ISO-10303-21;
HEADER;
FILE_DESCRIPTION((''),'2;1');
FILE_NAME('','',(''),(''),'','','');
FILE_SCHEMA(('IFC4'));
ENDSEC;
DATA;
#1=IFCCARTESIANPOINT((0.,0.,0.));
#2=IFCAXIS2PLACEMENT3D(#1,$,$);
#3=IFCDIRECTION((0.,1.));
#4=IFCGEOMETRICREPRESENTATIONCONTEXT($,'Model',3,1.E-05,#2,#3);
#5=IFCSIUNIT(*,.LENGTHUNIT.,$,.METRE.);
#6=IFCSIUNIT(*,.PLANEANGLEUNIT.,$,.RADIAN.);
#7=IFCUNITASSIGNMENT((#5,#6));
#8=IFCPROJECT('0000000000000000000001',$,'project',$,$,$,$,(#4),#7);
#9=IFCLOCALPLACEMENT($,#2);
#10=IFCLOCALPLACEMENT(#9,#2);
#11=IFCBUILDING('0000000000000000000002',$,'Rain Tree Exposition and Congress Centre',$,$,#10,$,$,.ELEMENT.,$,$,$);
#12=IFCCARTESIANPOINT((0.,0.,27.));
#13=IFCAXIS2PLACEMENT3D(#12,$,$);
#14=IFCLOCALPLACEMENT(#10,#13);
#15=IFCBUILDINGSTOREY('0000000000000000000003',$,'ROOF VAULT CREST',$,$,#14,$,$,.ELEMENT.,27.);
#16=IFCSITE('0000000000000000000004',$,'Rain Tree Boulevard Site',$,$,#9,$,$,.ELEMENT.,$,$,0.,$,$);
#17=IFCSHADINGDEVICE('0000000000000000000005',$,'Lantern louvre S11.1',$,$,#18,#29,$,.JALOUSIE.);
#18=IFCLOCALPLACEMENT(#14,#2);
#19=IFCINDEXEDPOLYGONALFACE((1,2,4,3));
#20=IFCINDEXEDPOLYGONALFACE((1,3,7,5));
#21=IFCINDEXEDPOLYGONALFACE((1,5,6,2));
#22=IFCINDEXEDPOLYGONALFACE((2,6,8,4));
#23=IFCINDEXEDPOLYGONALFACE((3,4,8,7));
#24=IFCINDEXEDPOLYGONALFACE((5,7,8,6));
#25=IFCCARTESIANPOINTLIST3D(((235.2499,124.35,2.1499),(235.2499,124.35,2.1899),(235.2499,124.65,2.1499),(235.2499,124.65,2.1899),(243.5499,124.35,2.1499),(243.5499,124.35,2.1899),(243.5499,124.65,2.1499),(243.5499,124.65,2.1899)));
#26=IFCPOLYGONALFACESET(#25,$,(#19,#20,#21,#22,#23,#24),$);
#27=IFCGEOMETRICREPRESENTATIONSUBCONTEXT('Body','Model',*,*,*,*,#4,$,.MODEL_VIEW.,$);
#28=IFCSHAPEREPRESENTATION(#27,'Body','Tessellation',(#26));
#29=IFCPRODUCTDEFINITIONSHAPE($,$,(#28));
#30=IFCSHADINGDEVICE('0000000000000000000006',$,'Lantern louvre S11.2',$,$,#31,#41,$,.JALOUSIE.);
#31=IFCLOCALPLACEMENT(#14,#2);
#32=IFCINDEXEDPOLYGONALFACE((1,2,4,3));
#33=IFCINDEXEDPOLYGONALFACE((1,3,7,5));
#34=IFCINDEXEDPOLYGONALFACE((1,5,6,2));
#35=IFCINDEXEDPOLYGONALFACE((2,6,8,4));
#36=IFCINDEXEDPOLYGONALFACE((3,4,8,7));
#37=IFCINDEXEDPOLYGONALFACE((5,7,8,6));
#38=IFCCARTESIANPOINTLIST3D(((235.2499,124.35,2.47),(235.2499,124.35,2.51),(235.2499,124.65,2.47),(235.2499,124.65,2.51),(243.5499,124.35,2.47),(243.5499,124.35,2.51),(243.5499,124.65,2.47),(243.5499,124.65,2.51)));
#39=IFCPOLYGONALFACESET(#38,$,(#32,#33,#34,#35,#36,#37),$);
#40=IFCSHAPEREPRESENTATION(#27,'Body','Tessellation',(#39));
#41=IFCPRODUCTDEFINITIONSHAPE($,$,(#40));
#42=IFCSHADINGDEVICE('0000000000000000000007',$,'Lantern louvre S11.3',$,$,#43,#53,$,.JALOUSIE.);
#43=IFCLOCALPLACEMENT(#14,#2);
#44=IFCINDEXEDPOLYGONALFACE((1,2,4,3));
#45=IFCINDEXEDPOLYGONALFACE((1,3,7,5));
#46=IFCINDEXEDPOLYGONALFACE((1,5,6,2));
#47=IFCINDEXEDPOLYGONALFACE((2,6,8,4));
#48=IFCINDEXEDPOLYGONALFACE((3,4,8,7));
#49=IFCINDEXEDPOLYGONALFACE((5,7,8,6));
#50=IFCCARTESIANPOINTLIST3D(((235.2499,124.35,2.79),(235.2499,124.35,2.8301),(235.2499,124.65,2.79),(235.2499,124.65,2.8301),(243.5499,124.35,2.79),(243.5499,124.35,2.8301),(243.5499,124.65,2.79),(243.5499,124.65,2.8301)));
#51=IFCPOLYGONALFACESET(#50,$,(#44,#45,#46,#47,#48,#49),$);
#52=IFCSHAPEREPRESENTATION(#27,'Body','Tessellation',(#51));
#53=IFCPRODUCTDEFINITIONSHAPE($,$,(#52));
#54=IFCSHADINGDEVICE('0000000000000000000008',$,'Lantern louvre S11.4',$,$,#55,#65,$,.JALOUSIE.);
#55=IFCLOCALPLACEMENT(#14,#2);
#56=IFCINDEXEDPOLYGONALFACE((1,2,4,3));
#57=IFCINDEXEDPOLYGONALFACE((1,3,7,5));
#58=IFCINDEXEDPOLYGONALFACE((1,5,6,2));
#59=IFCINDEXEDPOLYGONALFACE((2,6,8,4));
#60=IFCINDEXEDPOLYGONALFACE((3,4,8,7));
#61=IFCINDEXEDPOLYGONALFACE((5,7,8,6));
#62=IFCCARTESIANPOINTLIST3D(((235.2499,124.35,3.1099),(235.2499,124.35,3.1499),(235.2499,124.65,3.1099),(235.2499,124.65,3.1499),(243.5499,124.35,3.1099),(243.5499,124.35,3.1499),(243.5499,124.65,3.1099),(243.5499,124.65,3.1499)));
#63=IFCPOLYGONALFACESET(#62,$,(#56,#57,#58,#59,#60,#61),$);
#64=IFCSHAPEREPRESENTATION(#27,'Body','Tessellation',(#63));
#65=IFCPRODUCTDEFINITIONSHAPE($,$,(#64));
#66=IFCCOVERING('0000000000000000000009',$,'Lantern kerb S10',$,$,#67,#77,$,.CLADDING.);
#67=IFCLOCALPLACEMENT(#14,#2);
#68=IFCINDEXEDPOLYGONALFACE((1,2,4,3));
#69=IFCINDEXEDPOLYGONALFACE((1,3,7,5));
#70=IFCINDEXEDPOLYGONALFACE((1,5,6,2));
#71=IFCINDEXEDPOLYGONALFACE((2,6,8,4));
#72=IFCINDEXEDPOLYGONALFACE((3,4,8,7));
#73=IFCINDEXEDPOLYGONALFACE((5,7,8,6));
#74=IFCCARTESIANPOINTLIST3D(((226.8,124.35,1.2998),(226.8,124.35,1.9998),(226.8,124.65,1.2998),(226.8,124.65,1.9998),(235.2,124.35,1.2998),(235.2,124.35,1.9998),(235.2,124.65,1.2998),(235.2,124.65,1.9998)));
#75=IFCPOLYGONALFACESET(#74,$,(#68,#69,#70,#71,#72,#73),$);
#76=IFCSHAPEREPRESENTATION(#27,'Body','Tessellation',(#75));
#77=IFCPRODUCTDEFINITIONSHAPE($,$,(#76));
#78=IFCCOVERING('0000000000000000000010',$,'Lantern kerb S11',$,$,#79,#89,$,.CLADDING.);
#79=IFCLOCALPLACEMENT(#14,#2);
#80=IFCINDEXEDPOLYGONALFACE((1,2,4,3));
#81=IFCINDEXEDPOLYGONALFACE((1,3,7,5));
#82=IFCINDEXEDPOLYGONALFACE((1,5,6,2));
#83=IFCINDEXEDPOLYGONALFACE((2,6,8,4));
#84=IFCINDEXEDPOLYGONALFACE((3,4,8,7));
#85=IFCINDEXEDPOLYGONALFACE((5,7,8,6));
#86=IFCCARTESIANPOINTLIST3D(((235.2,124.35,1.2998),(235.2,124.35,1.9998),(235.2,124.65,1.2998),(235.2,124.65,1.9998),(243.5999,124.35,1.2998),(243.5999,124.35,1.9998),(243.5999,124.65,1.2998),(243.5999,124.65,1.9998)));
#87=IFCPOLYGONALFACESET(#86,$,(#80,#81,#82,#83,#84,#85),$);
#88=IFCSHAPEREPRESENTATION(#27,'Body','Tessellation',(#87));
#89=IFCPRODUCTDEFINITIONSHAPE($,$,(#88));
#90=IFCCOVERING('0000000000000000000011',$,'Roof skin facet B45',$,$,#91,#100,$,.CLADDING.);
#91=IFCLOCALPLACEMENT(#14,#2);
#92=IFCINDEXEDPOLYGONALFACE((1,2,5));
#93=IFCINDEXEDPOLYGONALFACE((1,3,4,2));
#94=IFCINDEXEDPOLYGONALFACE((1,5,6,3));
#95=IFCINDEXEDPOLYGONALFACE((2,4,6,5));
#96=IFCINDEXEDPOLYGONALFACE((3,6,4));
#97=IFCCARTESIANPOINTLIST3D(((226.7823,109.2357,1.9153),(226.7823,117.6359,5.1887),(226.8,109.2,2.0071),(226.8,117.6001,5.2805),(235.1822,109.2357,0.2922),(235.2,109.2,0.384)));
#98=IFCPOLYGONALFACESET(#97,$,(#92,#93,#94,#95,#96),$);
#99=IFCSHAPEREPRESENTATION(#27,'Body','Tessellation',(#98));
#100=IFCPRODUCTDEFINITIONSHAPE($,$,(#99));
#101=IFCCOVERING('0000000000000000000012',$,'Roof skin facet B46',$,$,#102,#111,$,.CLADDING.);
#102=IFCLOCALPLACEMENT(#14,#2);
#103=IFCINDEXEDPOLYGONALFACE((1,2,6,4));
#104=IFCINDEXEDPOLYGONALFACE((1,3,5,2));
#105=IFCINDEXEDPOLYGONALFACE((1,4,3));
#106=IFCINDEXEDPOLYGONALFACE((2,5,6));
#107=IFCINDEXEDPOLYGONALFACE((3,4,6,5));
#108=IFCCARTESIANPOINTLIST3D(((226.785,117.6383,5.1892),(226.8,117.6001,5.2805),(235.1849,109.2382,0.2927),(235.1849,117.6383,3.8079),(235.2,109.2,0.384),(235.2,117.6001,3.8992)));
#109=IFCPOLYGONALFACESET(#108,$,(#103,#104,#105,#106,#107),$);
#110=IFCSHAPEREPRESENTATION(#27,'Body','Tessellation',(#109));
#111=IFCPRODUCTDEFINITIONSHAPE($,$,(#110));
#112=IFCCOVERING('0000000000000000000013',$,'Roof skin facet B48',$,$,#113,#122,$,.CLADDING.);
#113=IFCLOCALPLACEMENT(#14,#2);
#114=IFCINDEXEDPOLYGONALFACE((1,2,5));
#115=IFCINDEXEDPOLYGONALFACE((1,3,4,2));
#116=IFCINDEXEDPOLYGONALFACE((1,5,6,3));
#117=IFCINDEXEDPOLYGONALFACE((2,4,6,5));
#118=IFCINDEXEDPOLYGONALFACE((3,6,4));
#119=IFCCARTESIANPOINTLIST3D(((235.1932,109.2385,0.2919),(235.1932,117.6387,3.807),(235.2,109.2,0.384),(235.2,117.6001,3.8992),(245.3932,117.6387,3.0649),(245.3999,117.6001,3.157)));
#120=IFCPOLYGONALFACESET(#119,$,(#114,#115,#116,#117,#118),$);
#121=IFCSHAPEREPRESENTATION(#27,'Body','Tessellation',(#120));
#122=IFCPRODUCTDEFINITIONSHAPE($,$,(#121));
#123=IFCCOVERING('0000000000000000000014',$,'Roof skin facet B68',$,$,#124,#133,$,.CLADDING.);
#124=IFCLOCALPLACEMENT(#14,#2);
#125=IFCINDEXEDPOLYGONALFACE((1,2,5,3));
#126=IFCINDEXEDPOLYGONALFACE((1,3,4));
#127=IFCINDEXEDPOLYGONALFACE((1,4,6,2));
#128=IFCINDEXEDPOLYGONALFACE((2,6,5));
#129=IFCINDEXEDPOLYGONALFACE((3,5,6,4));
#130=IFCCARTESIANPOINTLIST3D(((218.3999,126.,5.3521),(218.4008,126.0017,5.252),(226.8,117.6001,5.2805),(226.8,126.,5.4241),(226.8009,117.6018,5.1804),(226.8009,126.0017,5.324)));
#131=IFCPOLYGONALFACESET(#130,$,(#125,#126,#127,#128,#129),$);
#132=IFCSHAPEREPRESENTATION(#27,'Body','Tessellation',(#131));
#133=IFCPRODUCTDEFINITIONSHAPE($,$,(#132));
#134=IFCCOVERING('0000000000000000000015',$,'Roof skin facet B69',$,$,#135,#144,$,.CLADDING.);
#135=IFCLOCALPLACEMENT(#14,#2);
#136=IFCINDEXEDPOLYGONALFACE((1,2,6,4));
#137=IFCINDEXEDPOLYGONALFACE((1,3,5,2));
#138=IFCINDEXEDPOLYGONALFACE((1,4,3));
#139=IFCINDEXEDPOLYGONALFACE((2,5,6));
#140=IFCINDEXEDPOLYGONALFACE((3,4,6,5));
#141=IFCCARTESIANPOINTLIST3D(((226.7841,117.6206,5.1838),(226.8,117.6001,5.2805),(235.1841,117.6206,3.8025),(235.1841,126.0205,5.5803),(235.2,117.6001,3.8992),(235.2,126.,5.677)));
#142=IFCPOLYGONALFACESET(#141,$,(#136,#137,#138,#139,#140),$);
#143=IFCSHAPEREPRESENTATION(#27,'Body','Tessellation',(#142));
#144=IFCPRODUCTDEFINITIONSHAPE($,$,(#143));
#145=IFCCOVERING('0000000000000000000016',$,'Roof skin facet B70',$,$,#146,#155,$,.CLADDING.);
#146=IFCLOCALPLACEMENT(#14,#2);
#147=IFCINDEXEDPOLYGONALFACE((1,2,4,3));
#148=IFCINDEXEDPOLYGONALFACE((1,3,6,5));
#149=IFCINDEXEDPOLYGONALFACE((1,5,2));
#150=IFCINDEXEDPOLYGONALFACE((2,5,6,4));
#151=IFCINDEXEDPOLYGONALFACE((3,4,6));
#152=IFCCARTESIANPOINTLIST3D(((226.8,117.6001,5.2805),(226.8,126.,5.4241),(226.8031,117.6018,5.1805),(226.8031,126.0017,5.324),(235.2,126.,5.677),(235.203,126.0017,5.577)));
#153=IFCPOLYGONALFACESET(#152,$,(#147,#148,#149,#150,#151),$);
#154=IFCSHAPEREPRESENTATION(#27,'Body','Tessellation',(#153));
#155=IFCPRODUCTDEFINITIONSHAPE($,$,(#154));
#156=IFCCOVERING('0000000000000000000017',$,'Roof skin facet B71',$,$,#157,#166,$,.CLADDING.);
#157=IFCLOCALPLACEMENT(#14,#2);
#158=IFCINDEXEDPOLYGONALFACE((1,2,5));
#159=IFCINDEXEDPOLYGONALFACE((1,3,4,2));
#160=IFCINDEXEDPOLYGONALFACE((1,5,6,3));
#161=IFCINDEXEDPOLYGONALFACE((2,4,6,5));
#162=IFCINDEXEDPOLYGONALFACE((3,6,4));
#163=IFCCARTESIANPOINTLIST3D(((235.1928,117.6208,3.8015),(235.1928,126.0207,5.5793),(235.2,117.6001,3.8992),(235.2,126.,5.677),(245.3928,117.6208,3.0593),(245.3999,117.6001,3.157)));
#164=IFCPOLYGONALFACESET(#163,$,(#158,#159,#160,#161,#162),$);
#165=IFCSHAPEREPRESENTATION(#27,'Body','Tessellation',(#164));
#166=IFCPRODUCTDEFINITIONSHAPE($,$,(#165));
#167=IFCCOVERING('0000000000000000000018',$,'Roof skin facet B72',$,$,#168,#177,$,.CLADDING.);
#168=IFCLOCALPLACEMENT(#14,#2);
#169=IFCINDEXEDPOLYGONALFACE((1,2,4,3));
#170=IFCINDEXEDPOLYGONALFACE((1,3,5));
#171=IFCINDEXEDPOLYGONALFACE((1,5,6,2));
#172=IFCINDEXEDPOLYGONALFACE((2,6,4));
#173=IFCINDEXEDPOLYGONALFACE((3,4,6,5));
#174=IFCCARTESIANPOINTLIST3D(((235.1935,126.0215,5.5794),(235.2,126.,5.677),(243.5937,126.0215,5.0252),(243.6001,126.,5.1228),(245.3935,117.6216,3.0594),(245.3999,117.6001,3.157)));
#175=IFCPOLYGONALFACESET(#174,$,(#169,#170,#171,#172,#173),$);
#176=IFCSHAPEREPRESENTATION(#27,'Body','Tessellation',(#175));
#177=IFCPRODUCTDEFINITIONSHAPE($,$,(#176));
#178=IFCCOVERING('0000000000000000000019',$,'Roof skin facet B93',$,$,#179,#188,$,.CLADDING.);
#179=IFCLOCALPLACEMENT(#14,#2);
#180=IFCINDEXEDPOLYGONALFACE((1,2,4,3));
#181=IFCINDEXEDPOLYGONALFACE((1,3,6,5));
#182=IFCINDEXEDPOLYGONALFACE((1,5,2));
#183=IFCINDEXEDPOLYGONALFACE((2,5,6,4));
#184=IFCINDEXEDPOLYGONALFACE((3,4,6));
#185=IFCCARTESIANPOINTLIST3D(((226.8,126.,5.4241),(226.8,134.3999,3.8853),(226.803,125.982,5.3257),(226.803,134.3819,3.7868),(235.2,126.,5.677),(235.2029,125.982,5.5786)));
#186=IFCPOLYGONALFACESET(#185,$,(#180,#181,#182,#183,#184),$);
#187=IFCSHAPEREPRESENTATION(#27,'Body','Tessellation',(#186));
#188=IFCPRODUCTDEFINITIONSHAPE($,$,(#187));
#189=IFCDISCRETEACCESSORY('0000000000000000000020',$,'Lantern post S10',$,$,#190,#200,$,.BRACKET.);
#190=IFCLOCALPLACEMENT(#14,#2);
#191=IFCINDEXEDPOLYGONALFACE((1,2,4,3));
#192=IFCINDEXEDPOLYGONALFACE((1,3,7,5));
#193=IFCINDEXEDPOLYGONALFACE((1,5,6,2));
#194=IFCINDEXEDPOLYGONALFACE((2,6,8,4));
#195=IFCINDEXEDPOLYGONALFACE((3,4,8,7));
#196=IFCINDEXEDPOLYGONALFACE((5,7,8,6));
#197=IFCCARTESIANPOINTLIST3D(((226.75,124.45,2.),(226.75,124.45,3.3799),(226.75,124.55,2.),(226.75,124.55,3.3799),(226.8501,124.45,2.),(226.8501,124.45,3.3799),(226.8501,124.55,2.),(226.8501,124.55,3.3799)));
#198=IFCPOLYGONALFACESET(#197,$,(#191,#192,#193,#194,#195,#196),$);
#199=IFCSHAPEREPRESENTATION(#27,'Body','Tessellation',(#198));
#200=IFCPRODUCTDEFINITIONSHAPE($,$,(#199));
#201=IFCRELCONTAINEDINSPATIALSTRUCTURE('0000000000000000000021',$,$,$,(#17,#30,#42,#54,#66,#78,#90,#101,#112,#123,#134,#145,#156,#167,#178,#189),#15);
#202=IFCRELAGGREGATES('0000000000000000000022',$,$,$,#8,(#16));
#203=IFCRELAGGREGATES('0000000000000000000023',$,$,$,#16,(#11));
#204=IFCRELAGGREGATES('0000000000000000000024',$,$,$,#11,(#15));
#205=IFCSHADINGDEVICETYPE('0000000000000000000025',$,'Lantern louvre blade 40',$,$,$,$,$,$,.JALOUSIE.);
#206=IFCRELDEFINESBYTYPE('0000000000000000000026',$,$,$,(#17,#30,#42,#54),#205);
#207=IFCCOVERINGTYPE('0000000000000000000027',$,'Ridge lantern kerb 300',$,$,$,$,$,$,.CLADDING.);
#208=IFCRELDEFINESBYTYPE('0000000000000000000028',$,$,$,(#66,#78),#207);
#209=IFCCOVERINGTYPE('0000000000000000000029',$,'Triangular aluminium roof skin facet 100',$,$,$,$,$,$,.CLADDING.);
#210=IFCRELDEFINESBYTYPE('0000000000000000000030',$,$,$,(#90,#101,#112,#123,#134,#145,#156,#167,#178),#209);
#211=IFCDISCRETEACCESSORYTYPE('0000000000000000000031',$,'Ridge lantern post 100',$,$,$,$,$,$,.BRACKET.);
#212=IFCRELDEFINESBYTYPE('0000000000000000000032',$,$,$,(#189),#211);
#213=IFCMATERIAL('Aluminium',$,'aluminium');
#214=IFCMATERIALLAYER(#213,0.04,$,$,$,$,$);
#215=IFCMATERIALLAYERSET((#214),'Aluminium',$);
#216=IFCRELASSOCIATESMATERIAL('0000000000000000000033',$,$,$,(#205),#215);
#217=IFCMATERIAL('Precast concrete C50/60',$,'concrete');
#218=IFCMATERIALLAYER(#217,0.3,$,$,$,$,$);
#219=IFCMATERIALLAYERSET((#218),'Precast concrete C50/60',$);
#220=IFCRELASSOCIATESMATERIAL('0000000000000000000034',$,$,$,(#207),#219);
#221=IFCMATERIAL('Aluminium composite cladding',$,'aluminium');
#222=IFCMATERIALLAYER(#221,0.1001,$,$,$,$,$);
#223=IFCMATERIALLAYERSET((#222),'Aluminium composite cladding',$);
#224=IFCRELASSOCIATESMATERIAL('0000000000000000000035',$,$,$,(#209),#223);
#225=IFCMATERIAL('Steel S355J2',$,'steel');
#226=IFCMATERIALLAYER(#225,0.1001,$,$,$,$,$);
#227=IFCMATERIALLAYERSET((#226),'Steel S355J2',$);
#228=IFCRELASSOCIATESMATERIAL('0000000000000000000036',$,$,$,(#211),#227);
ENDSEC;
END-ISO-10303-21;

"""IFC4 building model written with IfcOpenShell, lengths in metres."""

from ifc_helpers import new_model, si_unit, direction, frame, origin, origin_2d, place, context, subcontext, project, spatial, polyline, rectangle, outline, extrude, material, layer, layer_set, type_object, element, save


model = new_model("IFC4")

# Units and contexts
model_context = context("Model", 3, precision=1e-05, world=origin(), true_north=direction((0.0, 1.0)))
body_context = subcontext(model_context, "Body", "Model", "MODEL_VIEW")
ifc_project = project(units=[si_unit("LENGTHUNIT", "METRE"), si_unit("PLANEANGLEUNIT", "RADIAN")], contexts=[model_context])

# Site, building, storey
site_placement = place(None, origin())
site = spatial("IfcSite", under=ifc_project, at=site_placement, Name="Rain Tree Boulevard Site", CompositionType="ELEMENT", RefElevation=0.0)
building_placement = place(site_placement, origin())
building = spatial("IfcBuilding", under=site, at=building_placement, Name="Rain Tree Exposition and Congress Centre", CompositionType="ELEMENT")
storey_placement = place(building_placement, frame((0.0, 0.0, 27.0)))
storey = spatial("IfcBuildingStorey", under=building, at=storey_placement, Name="ROOF VAULT CREST", CompositionType="ELEMENT", Elevation=27.0)

# Shading devices
ifc_material_1 = material(Name="Aluminium", Category="aluminium")
ifc_layer_1 = layer(ifc_material_1, 0.04)
ifc_layer_set_1 = layer_set([ifc_layer_1], Name="Aluminium")
shading_device_type = type_object("IfcShadingDeviceType", Name="Lantern louvre blade 40", PredefinedType="JALOUSIE", material=ifc_layer_set_1)
for number, where, z_axis, x_axis, name in (
    (1, (239.3999, 124.5, 2.1499), (0.0, 0.0, 1.0), (1.0, 0.0, 0.0), "Lantern louvre S11.1"),
    (2, (239.3999, 124.5, 2.47), (0.0, 0.0, 1.0), (1.0, 0.0, 0.0), "Lantern louvre S11.2"),
    (3, (239.3999, 124.5, 2.79), (0.0, 0.0, 1.0), (1.0, 0.0, 0.0), "Lantern louvre S11.3"),
    (4, (239.3999, 124.5, 3.1099), (0.0, 0.0, 1.0), (1.0, 0.0, 0.0), "Lantern louvre S11.4"),
):
    element("IfcShadingDevice", number, at=place(storey_placement, frame(where, z_axis=z_axis, x_axis=x_axis)), inside=storey, type_object=shading_device_type, Name=name, PredefinedType="JALOUSIE", context=body_context, shape_type="SweptSolid", body=[
        extrude(rectangle(XDim=8.3, YDim=0.3, at=origin_2d()), origin(), (0.0, 0.0, 1.0), 0.04),
    ])

# Coverings
ifc_material_2 = material(Name="Precast concrete C50/60", Category="concrete")
ifc_layer_2 = layer(ifc_material_2, 0.3)
ifc_layer_set_2 = layer_set([ifc_layer_2], Name="Precast concrete C50/60")
covering_type_1 = type_object("IfcCoveringType", Name="Ridge lantern kerb 300", PredefinedType="CLADDING", material=ifc_layer_set_2)
for number, where, z_axis, x_axis, name in (
    (5, (231.0, 124.5, 1.2998), (0.0, 0.0, 1.0), (1.0, 0.0, 0.0), "Lantern kerb S10"),
    (6, (239.3999, 124.5, 1.2998), (0.0, 0.0, 1.0), (1.0, 0.0, 0.0), "Lantern kerb S11"),
):
    element("IfcCovering", number, at=place(storey_placement, frame(where, z_axis=z_axis, x_axis=x_axis)), inside=storey, type_object=covering_type_1, Name=name, PredefinedType="CLADDING", context=body_context, shape_type="SweptSolid", body=[
        extrude(rectangle(XDim=8.3999, YDim=0.3, at=origin_2d()), origin(), (0.0, 0.0, 1.0), 0.7),
    ])
ifc_material_3 = material(Name="Aluminium composite cladding", Category="aluminium")
ifc_layer_3 = layer(ifc_material_3, 0.1001)
ifc_layer_set_3 = layer_set([ifc_layer_3], Name="Aluminium composite cladding")
covering_type_2 = type_object("IfcCoveringType", Name="Triangular aluminium roof skin facet 100", PredefinedType="CLADDING", material=ifc_layer_set_3)
covering_1_placement = place(storey_placement, frame((226.8, 109.2, 2.0071), z_axis=(0.177187, -0.357348, 0.91701), x_axis=(0.98184, 0.0, -0.189713)))
element("IfcCovering", 7, at=covering_1_placement, inside=storey, type_object=covering_type_2, Name="Roof skin facet B45", PredefinedType="CLADDING", context=body_context, shape_type="SweptSolid", body=[
    extrude(outline(polyline([(0.0, 0.0), (8.5553, 0.0), (-0.621, 8.994), (0.0, 0.0)])), origin(), (0.0, 0.0, -1.0), 0.1001),
])
covering_2_placement = place(storey_placement, frame((235.2, 109.2, 0.384), z_axis=(0.149985, -0.381659, 0.912053), x_axis=(0.0, 0.922488, 0.386026)))
element("IfcCovering", 8, at=covering_2_placement, inside=storey, type_object=covering_type_2, Name="Roof skin facet B46", PredefinedType="CLADDING", context=body_context, shape_type="SweptSolid", body=[
    extrude(outline(polyline([(0.0, 0.0), (9.106, 0.0), (9.6392, 8.496), (0.0, 0.0)])), origin(), (0.0, 0.0, -1.0), 0.1001),
])
covering_3_placement = place(storey_placement, frame((235.2, 109.2, 0.384), z_axis=(0.066973, -0.385159, 0.920417), x_axis=(0.755468, 0.622164, 0.205381)))
element("IfcCovering", 9, at=covering_3_placement, inside=storey, type_object=covering_type_2, Name="Roof skin facet B48", PredefinedType="CLADDING", context=body_context, shape_type="SweptSolid", body=[
    extrude(outline(polyline([(0.0, 0.0), (13.5015, 0.0), (5.9482, 6.8947), (0.0, 0.0)])), origin(), (0.0, 0.0, -1.0), 0.1001),
])
covering_4_placement = place(storey_placement, frame((226.8, 117.6001, 5.2805), z_axis=(-0.008572, -0.017087, 0.999817), x_axis=(0.0, 0.999854, 0.017088)))
element("IfcCovering", 10, at=covering_4_placement, inside=storey, type_object=covering_type_2, Name="Roof skin facet B68", PredefinedType="CLADDING", context=body_context, shape_type="SweptSolid", body=[
    extrude(outline(polyline([(0.0, 0.0), (8.4011, 0.0), (8.3999, 8.4005), (0.0, 0.0)])), origin(), (0.0, 0.0, -1.0), 0.1001),
])
covering_5_placement = place(storey_placement, frame((226.8, 117.6001, 5.2805), z_axis=(0.158842, -0.204433, 0.965907), x_axis=(0.986747, 0.0, -0.162269)))
element("IfcCovering", 11, at=covering_5_placement, inside=storey, type_object=covering_type_2, Name="Roof skin facet B69", PredefinedType="CLADDING", context=body_context, shape_type="SweptSolid", body=[
    extrude(outline(polyline([(0.0, 0.0), (8.5127, 0.0), (8.2242, 8.5811), (0.0, 0.0)])), origin(), (0.0, 0.0, -1.0), 0.1001),
])
covering_6_placement = place(storey_placement, frame((226.8, 117.6001, 5.2805), z_axis=(-0.030093, -0.01708, 0.999401), x_axis=(0.706713, 0.706713, 0.033358)))
element("IfcCovering", 12, at=covering_6_placement, inside=storey, type_object=covering_type_2, Name="Roof skin facet B70", PredefinedType="CLADDING", context=body_context, shape_type="SweptSolid", body=[
    extrude(outline(polyline([(0.0, 0.0), (11.8859, 0.0), (5.9411, 5.9399), (0.0, 0.0)])), origin(), (0.0, 0.0, -1.0), 0.1001),
])
covering_7_placement = place(storey_placement, frame((235.2, 117.6001, 3.8992), z_axis=(0.071007, -0.20654, 0.975858), x_axis=(0.997363, 0.0, -0.072572)))
element("IfcCovering", 13, at=covering_7_placement, inside=storey, type_object=covering_type_2, Name="Roof skin facet B71", PredefinedType="CLADDING", context=body_context, shape_type="SweptSolid", body=[
    extrude(outline(polyline([(0.0, 0.0), (10.2269, 0.0), (-0.129, 8.585), (0.0, 0.0)])), origin(), (0.0, 0.0, -1.0), 0.1001),
])
covering_8_placement = place(storey_placement, frame((245.3999, 117.6001, 3.157), z_axis=(0.064302, -0.214317, 0.974645), x_axis=(-0.204231, 0.953168, 0.223069)))
element("IfcCovering", 14, at=covering_8_placement, inside=storey, type_object=covering_type_2, Name="Roof skin facet B72", PredefinedType="CLADDING", context=body_context, shape_type="SweptSolid", body=[
    extrude(outline(polyline([(0.0, 0.0), (8.8126, 0.0), (10.6518, 8.215), (0.0, 0.0)])), origin(), (0.0, 0.0, -1.0), 0.1001),
])
covering_9_placement = place(storey_placement, frame((226.8, 126.0, 5.4241), z_axis=(-0.029605, 0.180117, 0.9832), x_axis=(0.999547, 0.0, 0.030097)))
element("IfcCovering", 15, at=covering_9_placement, inside=storey, type_object=covering_type_2, Name="Roof skin facet B93", PredefinedType="CLADDING", context=body_context, shape_type="SweptSolid", body=[
    extrude(outline(polyline([(0.0, 0.0), (8.4037, 0.0), (-0.0463, 8.5396), (0.0, 0.0)])), origin(), (0.0, 0.0, -1.0), 0.1001),
])

# Discrete accessory
ifc_material_4 = material(Name="Steel S355J2", Category="steel")
ifc_layer_4 = layer(ifc_material_4, 0.1001)
ifc_layer_set_4 = layer_set([ifc_layer_4], Name="Steel S355J2")
discrete_accessory_type_1 = type_object("IfcDiscreteAccessoryType", Name="Ridge lantern post 100", PredefinedType="BRACKET", material=ifc_layer_set_4)
for number, where, z_axis, x_axis, name in (
    (16, (226.8, 124.5, 2.0), (0.0, 0.0, 1.0), (1.0, 0.0, 0.0), "Lantern post S10"),
):
    element("IfcDiscreteAccessory", number, at=place(storey_placement, frame(where, z_axis=z_axis, x_axis=x_axis)), inside=storey, type_object=discrete_accessory_type_1, Name=name, PredefinedType="BRACKET", context=body_context, shape_type="SweptSolid", body=[
        extrude(rectangle(XDim=0.1001, YDim=0.1001, at=origin_2d()), origin(), (0.0, 0.0, 1.0), 1.3799),
    ])

save(model, "model.ifc")
